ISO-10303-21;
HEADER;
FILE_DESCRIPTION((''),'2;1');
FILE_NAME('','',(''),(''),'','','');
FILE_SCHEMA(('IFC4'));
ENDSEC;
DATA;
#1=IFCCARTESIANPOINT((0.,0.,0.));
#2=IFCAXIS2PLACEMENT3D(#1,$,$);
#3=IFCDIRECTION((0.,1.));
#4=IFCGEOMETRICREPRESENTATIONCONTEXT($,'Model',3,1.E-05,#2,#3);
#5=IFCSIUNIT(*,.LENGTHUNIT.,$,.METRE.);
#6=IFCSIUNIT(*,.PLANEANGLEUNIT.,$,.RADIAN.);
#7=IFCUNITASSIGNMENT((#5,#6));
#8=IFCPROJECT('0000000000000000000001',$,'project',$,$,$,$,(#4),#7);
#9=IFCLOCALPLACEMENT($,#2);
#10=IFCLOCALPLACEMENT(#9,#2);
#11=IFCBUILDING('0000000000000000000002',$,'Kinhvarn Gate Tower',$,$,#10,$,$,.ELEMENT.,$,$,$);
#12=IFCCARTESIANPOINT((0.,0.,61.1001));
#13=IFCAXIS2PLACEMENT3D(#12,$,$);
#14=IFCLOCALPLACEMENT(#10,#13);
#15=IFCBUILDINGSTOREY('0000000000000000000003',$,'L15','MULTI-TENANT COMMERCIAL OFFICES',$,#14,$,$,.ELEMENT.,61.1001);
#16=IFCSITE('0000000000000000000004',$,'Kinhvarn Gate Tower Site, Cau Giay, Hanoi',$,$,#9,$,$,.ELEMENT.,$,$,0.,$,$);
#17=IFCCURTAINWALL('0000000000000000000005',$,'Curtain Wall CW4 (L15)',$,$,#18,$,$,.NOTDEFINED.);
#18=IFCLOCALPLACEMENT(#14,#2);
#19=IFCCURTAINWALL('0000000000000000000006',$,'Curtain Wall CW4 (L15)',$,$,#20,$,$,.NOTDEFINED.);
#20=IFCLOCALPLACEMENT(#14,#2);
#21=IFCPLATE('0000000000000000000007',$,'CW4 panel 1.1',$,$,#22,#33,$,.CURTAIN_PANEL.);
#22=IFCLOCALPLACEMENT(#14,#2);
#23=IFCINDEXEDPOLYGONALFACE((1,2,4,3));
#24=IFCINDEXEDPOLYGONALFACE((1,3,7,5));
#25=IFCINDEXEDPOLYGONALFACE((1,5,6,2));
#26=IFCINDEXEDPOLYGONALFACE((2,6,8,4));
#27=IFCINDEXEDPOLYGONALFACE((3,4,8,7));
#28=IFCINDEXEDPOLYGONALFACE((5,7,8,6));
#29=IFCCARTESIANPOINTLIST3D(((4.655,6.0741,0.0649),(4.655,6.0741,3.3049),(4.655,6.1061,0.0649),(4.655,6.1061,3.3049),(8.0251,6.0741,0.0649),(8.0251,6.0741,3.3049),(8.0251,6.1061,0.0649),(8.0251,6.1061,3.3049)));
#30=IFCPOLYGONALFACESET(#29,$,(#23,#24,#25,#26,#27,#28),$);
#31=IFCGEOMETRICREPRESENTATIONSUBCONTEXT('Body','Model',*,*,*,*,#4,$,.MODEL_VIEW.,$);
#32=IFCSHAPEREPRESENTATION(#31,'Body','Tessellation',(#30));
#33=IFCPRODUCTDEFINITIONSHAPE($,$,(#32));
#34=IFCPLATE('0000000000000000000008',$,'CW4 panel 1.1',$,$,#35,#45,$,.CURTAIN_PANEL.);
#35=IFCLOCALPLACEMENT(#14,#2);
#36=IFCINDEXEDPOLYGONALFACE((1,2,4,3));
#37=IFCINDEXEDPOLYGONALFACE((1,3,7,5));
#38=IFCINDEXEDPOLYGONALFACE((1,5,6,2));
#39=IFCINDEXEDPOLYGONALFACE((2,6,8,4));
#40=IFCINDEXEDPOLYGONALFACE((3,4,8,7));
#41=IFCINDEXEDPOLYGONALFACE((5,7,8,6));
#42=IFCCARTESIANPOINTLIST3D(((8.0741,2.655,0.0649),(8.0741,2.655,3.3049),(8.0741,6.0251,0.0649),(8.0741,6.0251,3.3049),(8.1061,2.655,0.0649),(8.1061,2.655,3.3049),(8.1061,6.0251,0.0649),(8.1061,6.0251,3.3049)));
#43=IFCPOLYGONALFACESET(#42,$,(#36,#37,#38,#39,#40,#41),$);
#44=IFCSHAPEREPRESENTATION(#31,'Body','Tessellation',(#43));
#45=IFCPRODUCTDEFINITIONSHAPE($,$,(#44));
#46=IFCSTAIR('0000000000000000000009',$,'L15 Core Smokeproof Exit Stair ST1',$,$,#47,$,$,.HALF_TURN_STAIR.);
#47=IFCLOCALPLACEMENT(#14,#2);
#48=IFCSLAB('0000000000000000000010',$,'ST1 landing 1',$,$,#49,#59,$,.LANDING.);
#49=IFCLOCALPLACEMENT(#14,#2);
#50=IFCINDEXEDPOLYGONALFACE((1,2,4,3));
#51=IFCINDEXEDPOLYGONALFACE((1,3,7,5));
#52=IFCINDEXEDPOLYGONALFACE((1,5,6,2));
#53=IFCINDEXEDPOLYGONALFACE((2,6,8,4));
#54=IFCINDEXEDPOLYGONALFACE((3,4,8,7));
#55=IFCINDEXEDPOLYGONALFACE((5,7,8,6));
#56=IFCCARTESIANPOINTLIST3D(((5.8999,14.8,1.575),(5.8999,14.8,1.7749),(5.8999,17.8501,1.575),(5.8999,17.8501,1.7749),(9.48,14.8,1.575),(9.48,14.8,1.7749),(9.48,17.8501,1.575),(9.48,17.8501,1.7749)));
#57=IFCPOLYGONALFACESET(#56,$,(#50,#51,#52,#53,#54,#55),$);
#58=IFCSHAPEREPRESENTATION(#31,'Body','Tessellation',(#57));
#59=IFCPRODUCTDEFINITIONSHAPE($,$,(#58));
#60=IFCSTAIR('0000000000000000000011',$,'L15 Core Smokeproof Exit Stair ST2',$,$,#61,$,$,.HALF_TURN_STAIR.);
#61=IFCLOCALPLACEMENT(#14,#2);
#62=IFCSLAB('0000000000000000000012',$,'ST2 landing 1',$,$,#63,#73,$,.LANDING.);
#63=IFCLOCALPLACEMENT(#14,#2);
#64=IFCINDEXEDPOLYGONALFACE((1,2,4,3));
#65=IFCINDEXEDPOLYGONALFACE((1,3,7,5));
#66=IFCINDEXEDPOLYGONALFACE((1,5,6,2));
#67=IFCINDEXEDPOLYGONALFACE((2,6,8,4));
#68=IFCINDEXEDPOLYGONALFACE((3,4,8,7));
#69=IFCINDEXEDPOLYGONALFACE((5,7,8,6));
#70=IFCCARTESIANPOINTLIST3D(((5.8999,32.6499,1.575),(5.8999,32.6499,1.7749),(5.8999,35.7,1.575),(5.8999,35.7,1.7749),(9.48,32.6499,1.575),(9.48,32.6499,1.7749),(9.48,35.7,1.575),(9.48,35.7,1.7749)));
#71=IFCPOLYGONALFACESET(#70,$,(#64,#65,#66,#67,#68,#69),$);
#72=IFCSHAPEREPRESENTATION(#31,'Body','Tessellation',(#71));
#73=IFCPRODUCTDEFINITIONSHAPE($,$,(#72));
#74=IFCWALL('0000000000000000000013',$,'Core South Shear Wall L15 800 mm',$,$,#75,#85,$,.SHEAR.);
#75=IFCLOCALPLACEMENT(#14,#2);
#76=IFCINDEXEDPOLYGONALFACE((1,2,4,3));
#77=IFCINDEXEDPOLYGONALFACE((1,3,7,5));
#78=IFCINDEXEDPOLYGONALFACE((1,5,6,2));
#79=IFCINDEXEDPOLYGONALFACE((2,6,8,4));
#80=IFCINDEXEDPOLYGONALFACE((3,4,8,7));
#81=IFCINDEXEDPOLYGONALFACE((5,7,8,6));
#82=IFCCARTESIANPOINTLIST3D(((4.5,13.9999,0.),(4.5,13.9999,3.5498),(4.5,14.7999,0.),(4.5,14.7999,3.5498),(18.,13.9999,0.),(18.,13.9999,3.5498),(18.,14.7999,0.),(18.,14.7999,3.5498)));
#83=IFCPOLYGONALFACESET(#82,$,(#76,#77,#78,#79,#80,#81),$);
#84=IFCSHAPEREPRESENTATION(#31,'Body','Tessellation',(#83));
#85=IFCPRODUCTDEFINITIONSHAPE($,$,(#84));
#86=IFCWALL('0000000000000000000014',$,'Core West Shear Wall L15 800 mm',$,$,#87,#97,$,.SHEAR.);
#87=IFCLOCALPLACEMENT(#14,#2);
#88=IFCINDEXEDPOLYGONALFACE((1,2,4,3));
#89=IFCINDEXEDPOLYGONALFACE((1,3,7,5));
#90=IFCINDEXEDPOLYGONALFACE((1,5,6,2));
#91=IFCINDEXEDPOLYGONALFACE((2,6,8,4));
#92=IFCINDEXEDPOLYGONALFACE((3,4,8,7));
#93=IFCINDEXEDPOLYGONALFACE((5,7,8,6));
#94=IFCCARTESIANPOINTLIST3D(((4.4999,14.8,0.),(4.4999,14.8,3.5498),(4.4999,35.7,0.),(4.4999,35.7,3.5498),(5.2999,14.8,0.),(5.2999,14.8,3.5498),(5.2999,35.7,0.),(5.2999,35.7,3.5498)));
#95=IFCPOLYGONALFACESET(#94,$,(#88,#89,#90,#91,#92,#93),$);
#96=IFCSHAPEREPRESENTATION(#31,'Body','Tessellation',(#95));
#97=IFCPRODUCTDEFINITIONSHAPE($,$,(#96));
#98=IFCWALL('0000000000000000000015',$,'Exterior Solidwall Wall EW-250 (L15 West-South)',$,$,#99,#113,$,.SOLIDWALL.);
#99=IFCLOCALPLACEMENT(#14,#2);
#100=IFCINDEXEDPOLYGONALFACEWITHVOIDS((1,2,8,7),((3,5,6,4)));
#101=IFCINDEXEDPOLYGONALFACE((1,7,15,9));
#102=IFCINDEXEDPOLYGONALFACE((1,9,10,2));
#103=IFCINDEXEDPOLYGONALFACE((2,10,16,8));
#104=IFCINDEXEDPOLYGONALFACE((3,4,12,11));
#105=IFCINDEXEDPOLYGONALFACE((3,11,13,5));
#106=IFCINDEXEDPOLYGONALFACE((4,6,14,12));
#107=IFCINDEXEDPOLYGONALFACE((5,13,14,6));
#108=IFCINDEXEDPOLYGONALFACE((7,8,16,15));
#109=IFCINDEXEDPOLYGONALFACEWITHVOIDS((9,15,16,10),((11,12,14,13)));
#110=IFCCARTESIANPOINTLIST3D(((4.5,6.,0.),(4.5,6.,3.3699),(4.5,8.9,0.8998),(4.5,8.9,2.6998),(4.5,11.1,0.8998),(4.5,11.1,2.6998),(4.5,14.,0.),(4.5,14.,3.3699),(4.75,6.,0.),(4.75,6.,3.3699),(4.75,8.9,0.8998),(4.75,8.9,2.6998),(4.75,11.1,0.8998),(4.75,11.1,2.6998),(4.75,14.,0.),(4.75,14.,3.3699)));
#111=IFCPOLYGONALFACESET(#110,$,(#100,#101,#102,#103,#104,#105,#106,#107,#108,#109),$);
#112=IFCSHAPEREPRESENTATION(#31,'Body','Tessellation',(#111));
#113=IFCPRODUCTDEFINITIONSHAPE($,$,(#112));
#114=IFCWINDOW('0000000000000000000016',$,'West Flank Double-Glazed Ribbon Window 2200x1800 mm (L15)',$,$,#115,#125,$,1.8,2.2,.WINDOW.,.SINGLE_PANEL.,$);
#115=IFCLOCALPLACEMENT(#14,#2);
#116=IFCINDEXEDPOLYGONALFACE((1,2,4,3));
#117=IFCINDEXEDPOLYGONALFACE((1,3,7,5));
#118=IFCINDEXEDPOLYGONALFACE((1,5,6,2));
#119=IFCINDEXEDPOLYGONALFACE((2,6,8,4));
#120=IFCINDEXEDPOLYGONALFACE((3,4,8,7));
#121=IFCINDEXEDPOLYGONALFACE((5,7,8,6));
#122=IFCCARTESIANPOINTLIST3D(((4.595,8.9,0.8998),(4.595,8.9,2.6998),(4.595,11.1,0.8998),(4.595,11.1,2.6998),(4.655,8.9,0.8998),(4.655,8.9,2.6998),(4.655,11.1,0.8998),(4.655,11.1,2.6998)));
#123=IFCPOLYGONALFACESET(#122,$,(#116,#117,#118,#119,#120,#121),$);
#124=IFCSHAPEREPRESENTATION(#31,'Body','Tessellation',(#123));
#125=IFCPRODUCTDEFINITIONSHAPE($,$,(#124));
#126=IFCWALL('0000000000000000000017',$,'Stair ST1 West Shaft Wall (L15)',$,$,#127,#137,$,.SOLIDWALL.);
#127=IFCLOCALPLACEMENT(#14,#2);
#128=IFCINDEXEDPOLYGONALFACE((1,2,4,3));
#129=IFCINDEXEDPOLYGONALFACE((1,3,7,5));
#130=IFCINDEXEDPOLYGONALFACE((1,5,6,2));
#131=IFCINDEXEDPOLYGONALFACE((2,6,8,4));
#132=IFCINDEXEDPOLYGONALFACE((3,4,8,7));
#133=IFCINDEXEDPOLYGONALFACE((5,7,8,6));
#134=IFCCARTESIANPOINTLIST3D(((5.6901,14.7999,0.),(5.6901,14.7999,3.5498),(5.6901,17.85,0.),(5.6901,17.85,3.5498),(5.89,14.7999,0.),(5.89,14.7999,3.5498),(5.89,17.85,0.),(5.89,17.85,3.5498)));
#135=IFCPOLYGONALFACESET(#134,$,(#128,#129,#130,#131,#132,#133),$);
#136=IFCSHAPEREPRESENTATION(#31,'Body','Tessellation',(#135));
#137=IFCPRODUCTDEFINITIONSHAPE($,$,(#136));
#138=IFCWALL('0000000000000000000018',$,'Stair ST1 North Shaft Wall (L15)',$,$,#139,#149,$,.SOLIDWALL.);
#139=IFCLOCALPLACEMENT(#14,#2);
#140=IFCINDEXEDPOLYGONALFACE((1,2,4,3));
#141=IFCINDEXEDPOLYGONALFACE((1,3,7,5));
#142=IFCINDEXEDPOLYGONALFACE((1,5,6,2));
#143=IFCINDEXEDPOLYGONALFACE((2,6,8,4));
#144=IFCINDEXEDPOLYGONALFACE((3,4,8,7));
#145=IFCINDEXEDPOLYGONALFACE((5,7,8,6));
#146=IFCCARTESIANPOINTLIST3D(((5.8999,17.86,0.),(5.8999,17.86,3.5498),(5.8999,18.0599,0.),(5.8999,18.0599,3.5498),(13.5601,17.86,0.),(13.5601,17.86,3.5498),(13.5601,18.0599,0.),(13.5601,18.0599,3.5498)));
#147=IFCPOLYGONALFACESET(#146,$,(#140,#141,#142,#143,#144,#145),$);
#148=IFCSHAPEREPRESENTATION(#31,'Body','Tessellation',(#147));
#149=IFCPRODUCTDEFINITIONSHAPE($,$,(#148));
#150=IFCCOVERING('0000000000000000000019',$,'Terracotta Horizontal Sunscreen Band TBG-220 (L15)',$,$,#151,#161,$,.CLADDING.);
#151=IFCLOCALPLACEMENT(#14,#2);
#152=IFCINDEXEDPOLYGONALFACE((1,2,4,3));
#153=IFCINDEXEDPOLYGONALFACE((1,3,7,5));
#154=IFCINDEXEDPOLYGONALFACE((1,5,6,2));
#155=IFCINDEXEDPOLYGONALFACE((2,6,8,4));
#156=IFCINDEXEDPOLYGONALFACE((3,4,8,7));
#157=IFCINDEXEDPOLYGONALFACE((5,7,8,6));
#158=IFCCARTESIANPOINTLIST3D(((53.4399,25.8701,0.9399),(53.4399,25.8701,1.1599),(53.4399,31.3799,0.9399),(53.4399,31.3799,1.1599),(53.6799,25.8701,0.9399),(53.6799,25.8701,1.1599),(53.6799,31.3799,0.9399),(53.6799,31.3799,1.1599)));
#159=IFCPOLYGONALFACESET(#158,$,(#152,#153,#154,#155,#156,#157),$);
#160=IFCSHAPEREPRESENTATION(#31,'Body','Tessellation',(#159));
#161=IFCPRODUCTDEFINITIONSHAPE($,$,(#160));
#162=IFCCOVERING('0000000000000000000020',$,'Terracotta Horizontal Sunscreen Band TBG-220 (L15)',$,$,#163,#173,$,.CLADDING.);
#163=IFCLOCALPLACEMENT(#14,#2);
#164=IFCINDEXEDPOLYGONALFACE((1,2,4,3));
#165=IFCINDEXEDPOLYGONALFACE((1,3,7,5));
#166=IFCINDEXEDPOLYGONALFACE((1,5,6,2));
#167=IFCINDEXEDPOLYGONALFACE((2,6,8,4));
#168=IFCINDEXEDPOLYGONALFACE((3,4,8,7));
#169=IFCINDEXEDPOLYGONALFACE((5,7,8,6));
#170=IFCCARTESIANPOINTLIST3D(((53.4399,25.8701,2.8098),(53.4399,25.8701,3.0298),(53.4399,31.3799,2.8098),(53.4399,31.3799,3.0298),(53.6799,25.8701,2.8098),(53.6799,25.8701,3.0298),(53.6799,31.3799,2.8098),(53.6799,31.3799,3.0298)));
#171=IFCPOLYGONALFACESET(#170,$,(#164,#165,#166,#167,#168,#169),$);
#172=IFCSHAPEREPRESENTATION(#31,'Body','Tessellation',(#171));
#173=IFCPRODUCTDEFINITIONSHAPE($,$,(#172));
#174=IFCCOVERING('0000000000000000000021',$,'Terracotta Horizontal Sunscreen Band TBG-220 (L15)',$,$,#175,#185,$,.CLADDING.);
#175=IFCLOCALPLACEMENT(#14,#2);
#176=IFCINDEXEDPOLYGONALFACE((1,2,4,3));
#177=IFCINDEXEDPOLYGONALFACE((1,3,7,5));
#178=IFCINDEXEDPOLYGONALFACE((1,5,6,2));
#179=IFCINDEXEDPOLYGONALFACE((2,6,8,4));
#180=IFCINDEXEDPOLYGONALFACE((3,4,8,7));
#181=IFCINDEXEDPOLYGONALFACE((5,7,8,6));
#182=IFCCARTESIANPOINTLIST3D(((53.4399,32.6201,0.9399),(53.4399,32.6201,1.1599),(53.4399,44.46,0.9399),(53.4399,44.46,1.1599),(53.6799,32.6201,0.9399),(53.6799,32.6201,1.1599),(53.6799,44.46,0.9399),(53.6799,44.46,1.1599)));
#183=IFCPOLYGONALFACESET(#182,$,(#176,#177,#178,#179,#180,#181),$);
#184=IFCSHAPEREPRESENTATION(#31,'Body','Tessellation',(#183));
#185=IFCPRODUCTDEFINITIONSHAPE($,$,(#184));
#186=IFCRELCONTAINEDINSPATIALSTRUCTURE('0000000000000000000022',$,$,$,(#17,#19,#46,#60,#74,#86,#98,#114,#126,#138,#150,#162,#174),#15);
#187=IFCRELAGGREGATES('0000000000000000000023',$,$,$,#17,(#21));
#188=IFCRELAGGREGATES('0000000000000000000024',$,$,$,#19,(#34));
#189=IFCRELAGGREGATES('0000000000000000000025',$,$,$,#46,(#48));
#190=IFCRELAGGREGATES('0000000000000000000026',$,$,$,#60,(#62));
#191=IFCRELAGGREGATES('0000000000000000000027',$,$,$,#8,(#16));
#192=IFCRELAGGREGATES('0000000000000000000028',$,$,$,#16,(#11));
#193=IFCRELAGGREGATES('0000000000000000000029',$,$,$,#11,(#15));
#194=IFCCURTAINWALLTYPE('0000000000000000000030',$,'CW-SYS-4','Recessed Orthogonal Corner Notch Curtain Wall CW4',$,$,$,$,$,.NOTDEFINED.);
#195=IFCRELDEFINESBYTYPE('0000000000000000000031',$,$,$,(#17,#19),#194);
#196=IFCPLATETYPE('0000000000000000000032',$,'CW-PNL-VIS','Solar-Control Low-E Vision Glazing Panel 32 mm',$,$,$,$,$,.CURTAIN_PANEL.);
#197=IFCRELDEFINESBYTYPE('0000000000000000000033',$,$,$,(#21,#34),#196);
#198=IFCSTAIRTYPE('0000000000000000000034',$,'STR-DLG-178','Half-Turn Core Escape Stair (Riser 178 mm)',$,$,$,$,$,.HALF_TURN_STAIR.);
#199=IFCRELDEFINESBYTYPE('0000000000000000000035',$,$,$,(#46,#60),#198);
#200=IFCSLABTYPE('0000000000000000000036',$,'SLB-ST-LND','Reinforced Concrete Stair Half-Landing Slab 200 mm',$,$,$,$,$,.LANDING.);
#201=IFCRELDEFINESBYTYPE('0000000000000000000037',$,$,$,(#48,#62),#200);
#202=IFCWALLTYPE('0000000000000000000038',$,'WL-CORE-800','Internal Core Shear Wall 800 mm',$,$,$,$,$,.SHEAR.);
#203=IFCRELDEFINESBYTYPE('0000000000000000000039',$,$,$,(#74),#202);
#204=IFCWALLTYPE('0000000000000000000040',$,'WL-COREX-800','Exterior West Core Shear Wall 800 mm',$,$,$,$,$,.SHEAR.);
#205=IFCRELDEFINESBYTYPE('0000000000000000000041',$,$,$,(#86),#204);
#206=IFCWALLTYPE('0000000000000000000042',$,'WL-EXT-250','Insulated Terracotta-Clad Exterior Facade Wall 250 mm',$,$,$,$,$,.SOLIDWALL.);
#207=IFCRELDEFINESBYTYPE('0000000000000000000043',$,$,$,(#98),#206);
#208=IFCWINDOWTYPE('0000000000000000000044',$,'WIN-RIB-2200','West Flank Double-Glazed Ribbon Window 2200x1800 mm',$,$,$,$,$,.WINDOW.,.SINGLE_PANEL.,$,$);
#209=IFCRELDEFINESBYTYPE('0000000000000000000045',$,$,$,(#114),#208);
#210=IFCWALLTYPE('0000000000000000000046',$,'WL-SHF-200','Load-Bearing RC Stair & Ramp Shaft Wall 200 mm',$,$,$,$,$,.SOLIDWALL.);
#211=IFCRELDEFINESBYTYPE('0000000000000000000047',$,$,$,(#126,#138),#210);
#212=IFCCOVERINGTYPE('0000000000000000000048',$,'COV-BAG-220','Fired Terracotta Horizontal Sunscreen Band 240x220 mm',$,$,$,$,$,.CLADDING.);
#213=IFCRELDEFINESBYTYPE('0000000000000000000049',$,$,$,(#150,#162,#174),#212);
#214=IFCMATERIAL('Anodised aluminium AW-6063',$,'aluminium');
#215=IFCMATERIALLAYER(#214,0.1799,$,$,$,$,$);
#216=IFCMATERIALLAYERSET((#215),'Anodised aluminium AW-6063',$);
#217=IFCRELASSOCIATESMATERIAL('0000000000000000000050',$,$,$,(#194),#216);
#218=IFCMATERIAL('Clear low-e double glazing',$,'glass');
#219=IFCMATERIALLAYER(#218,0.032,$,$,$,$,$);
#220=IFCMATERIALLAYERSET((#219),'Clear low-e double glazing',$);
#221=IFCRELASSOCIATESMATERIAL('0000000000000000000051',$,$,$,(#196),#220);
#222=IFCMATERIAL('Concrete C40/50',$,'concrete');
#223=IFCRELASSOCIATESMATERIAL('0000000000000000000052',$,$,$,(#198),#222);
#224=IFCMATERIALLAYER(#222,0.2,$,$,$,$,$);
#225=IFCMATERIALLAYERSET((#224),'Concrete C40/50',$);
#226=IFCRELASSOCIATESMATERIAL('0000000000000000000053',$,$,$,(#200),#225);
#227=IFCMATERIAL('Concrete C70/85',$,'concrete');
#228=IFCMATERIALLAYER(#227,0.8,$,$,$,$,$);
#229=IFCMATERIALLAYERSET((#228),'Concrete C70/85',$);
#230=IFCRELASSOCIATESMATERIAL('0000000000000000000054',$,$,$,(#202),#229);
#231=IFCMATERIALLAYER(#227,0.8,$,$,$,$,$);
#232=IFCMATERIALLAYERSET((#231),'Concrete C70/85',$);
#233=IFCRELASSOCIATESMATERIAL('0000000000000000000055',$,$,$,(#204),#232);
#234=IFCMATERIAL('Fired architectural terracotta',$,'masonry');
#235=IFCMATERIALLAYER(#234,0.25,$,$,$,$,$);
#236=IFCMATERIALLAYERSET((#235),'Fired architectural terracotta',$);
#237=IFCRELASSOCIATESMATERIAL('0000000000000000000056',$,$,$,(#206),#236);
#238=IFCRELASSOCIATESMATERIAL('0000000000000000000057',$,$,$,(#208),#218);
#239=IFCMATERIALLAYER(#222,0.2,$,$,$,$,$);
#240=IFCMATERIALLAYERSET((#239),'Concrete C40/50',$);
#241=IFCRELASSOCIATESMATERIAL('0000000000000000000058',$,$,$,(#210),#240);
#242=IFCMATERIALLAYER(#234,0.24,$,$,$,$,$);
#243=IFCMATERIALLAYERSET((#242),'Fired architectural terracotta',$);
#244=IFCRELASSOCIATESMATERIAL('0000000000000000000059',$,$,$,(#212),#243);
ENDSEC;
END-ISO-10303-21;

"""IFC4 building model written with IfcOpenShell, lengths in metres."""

from ifc_helpers import new_model, si_unit, direction, frame, frame_2d, origin, origin_2d, place, context, subcontext, project, spatial, polyline, rectangle, outline, extrude, material, layer, layer_set, type_object, element, fill, aggregate, save


model = new_model("IFC4")

# Units and contexts
model_context = context("Model", 3, precision=1e-05, world=origin(), true_north=direction((0.0, 1.0)))
body_context = subcontext(model_context, "Body", "Model", "MODEL_VIEW")
ifc_project = project(units=[si_unit("LENGTHUNIT", "METRE"), si_unit("PLANEANGLEUNIT", "RADIAN")], contexts=[model_context])

# Site, building, storey
site_placement = place(None, origin())
site = spatial("IfcSite", under=ifc_project, at=site_placement, Name="Kinhvarn Gate Tower Site, Cau Giay, Hanoi", CompositionType="ELEMENT", RefElevation=0.0)
building_placement = place(site_placement, origin())
building = spatial("IfcBuilding", under=site, at=building_placement, Name="Kinhvarn Gate Tower", CompositionType="ELEMENT")
storey_placement = place(building_placement, frame((0.0, 0.0, 61.1001)))
storey = spatial("IfcBuildingStorey", under=building, at=storey_placement, Name="L15", Description="MULTI-TENANT COMMERCIAL OFFICES", CompositionType="ELEMENT", Elevation=61.1001)

# Shared definitions
ifc_material_1 = material(Name="Concrete C70/85", Category="concrete")

# Curtain walls
ifc_material_2 = material(Name="Anodised aluminium AW-6063", Category="aluminium")
ifc_layer_1 = layer(ifc_material_2, 0.1799)
ifc_layer_set_1 = layer_set([ifc_layer_1], Name="Anodised aluminium AW-6063")
curtain_wall_type_1 = type_object("IfcCurtainWallType", Name="CW-SYS-4", Description="Recessed Orthogonal Corner Notch Curtain Wall CW4", PredefinedType="NOTDEFINED", material=ifc_layer_set_1)
curtain_wall_1_placement = place(storey_placement, origin())
curtain_wall_1 = element("IfcCurtainWall", 1, at=curtain_wall_1_placement, inside=storey, type_object=curtain_wall_type_1, Name="Curtain Wall CW4 (L15)", PredefinedType="NOTDEFINED")
curtain_wall_2_placement = place(storey_placement, origin())
curtain_wall_2 = element("IfcCurtainWall", 2, at=curtain_wall_2_placement, inside=storey, type_object=curtain_wall_type_1, Name="Curtain Wall CW4 (L15)", PredefinedType="NOTDEFINED")

# Plates
ifc_material_3 = material(Name="Clear low-e double glazing", Category="glass")
ifc_layer_2 = layer(ifc_material_3, 0.032)
ifc_layer_set_2 = layer_set([ifc_layer_2], Name="Clear low-e double glazing")
plate_type = type_object("IfcPlateType", Name="CW-PNL-VIS", Description="Solar-Control Low-E Vision Glazing Panel 32 mm", PredefinedType="CURTAIN_PANEL", material=ifc_layer_set_2)
plate_1_placement = place(storey_placement, frame((6.3401, 6.0901, 0.0649), z_axis=(0.0, 0.0, 1.0), x_axis=(1.0, 0.0, 0.0)))
plate_1 = element("IfcPlate", 3, at=plate_1_placement, type_object=plate_type, Name="CW4 panel 1.1", PredefinedType="CURTAIN_PANEL", context=body_context, shape_type="SweptSolid", body=[
    extrude(rectangle(XDim=3.3701, YDim=0.032, at=origin_2d()), origin(), (0.0, 0.0, 1.0), 3.24),
])
aggregate(curtain_wall_1, [plate_1])
plate_2_placement = place(storey_placement, frame((8.0901, 4.3401, 0.0649), z_axis=(0.0, 0.0, 1.0), x_axis=(0.0, -1.0, 0.0)))
plate_2 = element("IfcPlate", 4, at=plate_2_placement, type_object=plate_type, Name="CW4 panel 1.1", PredefinedType="CURTAIN_PANEL", context=body_context, shape_type="SweptSolid", body=[
    extrude(rectangle(XDim=3.3701, YDim=0.032, at=origin_2d()), origin(), (0.0, 0.0, 1.0), 3.24),
])
aggregate(curtain_wall_2, [plate_2])

# Stairs, slabs
ifc_material_4 = material(Name="Concrete C40/50", Category="concrete")
stair_type = type_object("IfcStairType", Name="STR-DLG-178", Description="Half-Turn Core Escape Stair (Riser 178 mm)", PredefinedType="HALF_TURN_STAIR", material=ifc_material_4)
stair_1_placement = place(storey_placement, origin())
stair_1 = element("IfcStair", 5, at=stair_1_placement, inside=storey, type_object=stair_type, Name="L15 Core Smokeproof Exit Stair ST1", PredefinedType="HALF_TURN_STAIR")
ifc_layer_3 = layer(ifc_material_4, 0.2)
ifc_layer_set_3 = layer_set([ifc_layer_3], Name="Concrete C40/50")
slab_type = type_object("IfcSlabType", Name="SLB-ST-LND", Description="Reinforced Concrete Stair Half-Landing Slab 200 mm", PredefinedType="LANDING", material=ifc_layer_set_3)
slab_1_placement = place(storey_placement, frame((0.0, 0.0, 1.575)))
slab_1 = element("IfcSlab", 6, at=slab_1_placement, type_object=slab_type, Name="ST1 landing 1", PredefinedType="LANDING", context=body_context, shape_type="SweptSolid", body=[
    extrude(outline(polyline([(9.48, 17.8501), (5.8999, 17.8501), (5.8999, 14.8), (9.48, 14.8), (9.48, 17.8501)])), origin(), (0.0, 0.0, 1.0), 0.2),
])
aggregate(stair_1, [slab_1])
stair_2_placement = place(storey_placement, origin())
stair_2 = element("IfcStair", 7, at=stair_2_placement, inside=storey, type_object=stair_type, Name="L15 Core Smokeproof Exit Stair ST2", PredefinedType="HALF_TURN_STAIR")
slab_2_placement = place(storey_placement, frame((0.0, 0.0, 1.575)))
slab_2 = element("IfcSlab", 8, at=slab_2_placement, type_object=slab_type, Name="ST2 landing 1", PredefinedType="LANDING", context=body_context, shape_type="SweptSolid", body=[
    extrude(outline(polyline([(9.48, 35.7), (5.8999, 35.7), (5.8999, 32.6499), (9.48, 32.6499), (9.48, 35.7)])), origin(), (0.0, 0.0, 1.0), 0.2),
])
aggregate(stair_2, [slab_2])

# Walls
ifc_layer_4 = layer(ifc_material_1, 0.8)
ifc_layer_set_4 = layer_set([ifc_layer_4], Name="Concrete C70/85")
wall_type_1 = type_object("IfcWallType", Name="WL-CORE-800", Description="Internal Core Shear Wall 800 mm", PredefinedType="SHEAR", material=ifc_layer_set_4)
wall_1_placement = place(storey_placement, frame((4.5, 14.3999, 0.0), z_axis=(0.0, 0.0, 1.0), x_axis=(1.0, 0.0, 0.0)))
element("IfcWall", 9, at=wall_1_placement, inside=storey, type_object=wall_type_1, Name="Core South Shear Wall L15 800 mm", PredefinedType="SHEAR", context=body_context, shape_type="SweptSolid", body=[
    extrude(rectangle(XDim=13.5, YDim=0.8, at=frame_2d((6.75, 0.0))), origin(), (0.0, 0.0, 1.0), 3.5498),
])
ifc_layer_5 = layer(ifc_material_1, 0.8)
ifc_layer_set_5 = layer_set([ifc_layer_5], Name="Concrete C70/85")
wall_type_2 = type_object("IfcWallType", Name="WL-COREX-800", Description="Exterior West Core Shear Wall 800 mm", PredefinedType="SHEAR", material=ifc_layer_set_5)
wall_2_placement = place(storey_placement, frame((4.8999, 14.8, 0.0), z_axis=(0.0, 0.0, 1.0), x_axis=(0.0, 1.0, 0.0)))
element("IfcWall", 10, at=wall_2_placement, inside=storey, type_object=wall_type_2, Name="Core West Shear Wall L15 800 mm", PredefinedType="SHEAR", context=body_context, shape_type="SweptSolid", body=[
    extrude(rectangle(XDim=20.8999, YDim=0.8, at=frame_2d((10.45, 0.0))), origin(), (0.0, 0.0, 1.0), 3.5498),
])

# Wall, opening, window
ifc_material_5 = material(Name="Fired architectural terracotta", Category="masonry")
ifc_layer_6 = layer(ifc_material_5, 0.25)
ifc_layer_set_6 = layer_set([ifc_layer_6], Name="Fired architectural terracotta")
wall_type_3 = type_object("IfcWallType", Name="WL-EXT-250", Description="Insulated Terracotta-Clad Exterior Facade Wall 250 mm", PredefinedType="SOLIDWALL", material=ifc_layer_set_6)
wall_3_placement = place(storey_placement, frame((4.625, 14.0, 0.0), z_axis=(0.0, 0.0, 1.0), x_axis=(0.0, -1.0, 0.0)))
wall_3 = element("IfcWall", 11, at=wall_3_placement, inside=storey, type_object=wall_type_3, Name="Exterior Solidwall Wall EW-250 (L15 West-South)", PredefinedType="SOLIDWALL", context=body_context, shape_type="SweptSolid", body=[
    extrude(rectangle(XDim=8.0, YDim=0.25, at=frame_2d((4.0, 0.0))), origin(), (0.0, 0.0, 1.0), 3.3699),
])
opening_placement = place(wall_3_placement, frame((2.8999, 0.0, 0.8999)))
opening = element("IfcOpeningElement", 12, at=opening_placement, cuts=wall_3, PredefinedType="OPENING", context=body_context, shape_type="SweptSolid", body=[
    extrude(rectangle(XDim=2.2, YDim=1.8, at=frame_2d((1.1001, 0.8999))), frame((0.0, 0.135, 0.0), z_axis=(0.0, -1.0, 0.0), x_axis=(1.0, 0.0, 0.0)), (0.0, 0.0, 1.0), 0.27),
])
window_type = type_object("IfcWindowType", Name="WIN-RIB-2200", Description="West Flank Double-Glazed Ribbon Window 2200x1800 mm", PartitioningType="SINGLE_PANEL", PredefinedType="WINDOW", material=ifc_material_3)
window_placement = place(opening_placement, origin())
window = element("IfcWindow", 13, at=window_placement, inside=storey, type_object=window_type, Name="West Flank Double-Glazed Ribbon Window 2200x1800 mm (L15)", OverallHeight=1.8, OverallWidth=2.2, PartitioningType="SINGLE_PANEL", PredefinedType="WINDOW", context=body_context, shape_type="SweptSolid", body=[
    extrude(rectangle(XDim=2.2, YDim=1.8, at=frame_2d((1.1001, 0.8999))), frame((0.0, 0.03, 0.0), z_axis=(0.0, -1.0, 0.0), x_axis=(1.0, 0.0, 0.0)), (0.0, 0.0, 1.0), 0.0601),
])
fill(opening, window)

# Walls
ifc_layer_7 = layer(ifc_material_4, 0.2)
ifc_layer_set_7 = layer_set([ifc_layer_7], Name="Concrete C40/50")
wall_type_4 = type_object("IfcWallType", Name="WL-SHF-200", Description="Load-Bearing RC Stair & Ramp Shaft Wall 200 mm", PredefinedType="SOLIDWALL", material=ifc_layer_set_7)
wall_4_placement = place(storey_placement, frame((5.79, 14.8, 0.0), z_axis=(0.0, 0.0, 1.0), x_axis=(0.0, 1.0, 0.0)))
element("IfcWall", 14, at=wall_4_placement, inside=storey, type_object=wall_type_4, Name="Stair ST1 West Shaft Wall (L15)", PredefinedType="SOLIDWALL", context=body_context, shape_type="SweptSolid", body=[
    extrude(rectangle(XDim=3.05, YDim=0.2, at=frame_2d((1.5249, 0.0))), origin(), (0.0, 0.0, 1.0), 3.5498),
])
wall_5_placement = place(storey_placement, frame((5.8999, 17.96, 0.0), z_axis=(0.0, 0.0, 1.0), x_axis=(1.0, 0.0, 0.0)))
element("IfcWall", 15, at=wall_5_placement, inside=storey, type_object=wall_type_4, Name="Stair ST1 North Shaft Wall (L15)", PredefinedType="SOLIDWALL", context=body_context, shape_type="SweptSolid", body=[
    extrude(rectangle(XDim=7.6602, YDim=0.2, at=frame_2d((3.8301, 0.0))), origin(), (0.0, 0.0, 1.0), 3.5498),
])

# Coverings
ifc_layer_8 = layer(ifc_material_5, 0.24)
ifc_layer_set_8 = layer_set([ifc_layer_8], Name="Fired architectural terracotta")
covering_type_1 = type_object("IfcCoveringType", Name="COV-BAG-220", Description="Fired Terracotta Horizontal Sunscreen Band 240x220 mm", PredefinedType="CLADDING", material=ifc_layer_set_8)
for number, where, name in (
    (16, (0.0, 0.0, 0.9399), "Terracotta Horizontal Sunscreen Band TBG-220 (L15)"),
    (17, (0.0, 0.0, 2.8098), "Terracotta Horizontal Sunscreen Band TBG-220 (L15)"),
):
    element("IfcCovering", number, at=place(storey_placement, frame(where)), inside=storey, type_object=covering_type_1, Name=name, PredefinedType="CLADDING", context=body_context, shape_type="SweptSolid", body=[
        extrude(outline(polyline([(53.4399, 25.8701), (53.4399, 31.3799), (53.6799, 31.3799), (53.6799, 25.8701), (53.4399, 25.8701)])), origin(), (0.0, 0.0, 1.0), 0.22),
    ])
for number, where, name in (
    (18, (0.0, 0.0, 0.9399), "Terracotta Horizontal Sunscreen Band TBG-220 (L15)"),
):
    element("IfcCovering", number, at=place(storey_placement, frame(where)), inside=storey, type_object=covering_type_1, Name=name, PredefinedType="CLADDING", context=body_context, shape_type="SweptSolid", body=[
        extrude(outline(polyline([(53.4399, 32.6201), (53.4399, 44.46), (53.6799, 44.46), (53.6799, 32.6201), (53.4399, 32.6201)])), origin(), (0.0, 0.0, 1.0), 0.22),
    ])

save(model, "model.ifc")
